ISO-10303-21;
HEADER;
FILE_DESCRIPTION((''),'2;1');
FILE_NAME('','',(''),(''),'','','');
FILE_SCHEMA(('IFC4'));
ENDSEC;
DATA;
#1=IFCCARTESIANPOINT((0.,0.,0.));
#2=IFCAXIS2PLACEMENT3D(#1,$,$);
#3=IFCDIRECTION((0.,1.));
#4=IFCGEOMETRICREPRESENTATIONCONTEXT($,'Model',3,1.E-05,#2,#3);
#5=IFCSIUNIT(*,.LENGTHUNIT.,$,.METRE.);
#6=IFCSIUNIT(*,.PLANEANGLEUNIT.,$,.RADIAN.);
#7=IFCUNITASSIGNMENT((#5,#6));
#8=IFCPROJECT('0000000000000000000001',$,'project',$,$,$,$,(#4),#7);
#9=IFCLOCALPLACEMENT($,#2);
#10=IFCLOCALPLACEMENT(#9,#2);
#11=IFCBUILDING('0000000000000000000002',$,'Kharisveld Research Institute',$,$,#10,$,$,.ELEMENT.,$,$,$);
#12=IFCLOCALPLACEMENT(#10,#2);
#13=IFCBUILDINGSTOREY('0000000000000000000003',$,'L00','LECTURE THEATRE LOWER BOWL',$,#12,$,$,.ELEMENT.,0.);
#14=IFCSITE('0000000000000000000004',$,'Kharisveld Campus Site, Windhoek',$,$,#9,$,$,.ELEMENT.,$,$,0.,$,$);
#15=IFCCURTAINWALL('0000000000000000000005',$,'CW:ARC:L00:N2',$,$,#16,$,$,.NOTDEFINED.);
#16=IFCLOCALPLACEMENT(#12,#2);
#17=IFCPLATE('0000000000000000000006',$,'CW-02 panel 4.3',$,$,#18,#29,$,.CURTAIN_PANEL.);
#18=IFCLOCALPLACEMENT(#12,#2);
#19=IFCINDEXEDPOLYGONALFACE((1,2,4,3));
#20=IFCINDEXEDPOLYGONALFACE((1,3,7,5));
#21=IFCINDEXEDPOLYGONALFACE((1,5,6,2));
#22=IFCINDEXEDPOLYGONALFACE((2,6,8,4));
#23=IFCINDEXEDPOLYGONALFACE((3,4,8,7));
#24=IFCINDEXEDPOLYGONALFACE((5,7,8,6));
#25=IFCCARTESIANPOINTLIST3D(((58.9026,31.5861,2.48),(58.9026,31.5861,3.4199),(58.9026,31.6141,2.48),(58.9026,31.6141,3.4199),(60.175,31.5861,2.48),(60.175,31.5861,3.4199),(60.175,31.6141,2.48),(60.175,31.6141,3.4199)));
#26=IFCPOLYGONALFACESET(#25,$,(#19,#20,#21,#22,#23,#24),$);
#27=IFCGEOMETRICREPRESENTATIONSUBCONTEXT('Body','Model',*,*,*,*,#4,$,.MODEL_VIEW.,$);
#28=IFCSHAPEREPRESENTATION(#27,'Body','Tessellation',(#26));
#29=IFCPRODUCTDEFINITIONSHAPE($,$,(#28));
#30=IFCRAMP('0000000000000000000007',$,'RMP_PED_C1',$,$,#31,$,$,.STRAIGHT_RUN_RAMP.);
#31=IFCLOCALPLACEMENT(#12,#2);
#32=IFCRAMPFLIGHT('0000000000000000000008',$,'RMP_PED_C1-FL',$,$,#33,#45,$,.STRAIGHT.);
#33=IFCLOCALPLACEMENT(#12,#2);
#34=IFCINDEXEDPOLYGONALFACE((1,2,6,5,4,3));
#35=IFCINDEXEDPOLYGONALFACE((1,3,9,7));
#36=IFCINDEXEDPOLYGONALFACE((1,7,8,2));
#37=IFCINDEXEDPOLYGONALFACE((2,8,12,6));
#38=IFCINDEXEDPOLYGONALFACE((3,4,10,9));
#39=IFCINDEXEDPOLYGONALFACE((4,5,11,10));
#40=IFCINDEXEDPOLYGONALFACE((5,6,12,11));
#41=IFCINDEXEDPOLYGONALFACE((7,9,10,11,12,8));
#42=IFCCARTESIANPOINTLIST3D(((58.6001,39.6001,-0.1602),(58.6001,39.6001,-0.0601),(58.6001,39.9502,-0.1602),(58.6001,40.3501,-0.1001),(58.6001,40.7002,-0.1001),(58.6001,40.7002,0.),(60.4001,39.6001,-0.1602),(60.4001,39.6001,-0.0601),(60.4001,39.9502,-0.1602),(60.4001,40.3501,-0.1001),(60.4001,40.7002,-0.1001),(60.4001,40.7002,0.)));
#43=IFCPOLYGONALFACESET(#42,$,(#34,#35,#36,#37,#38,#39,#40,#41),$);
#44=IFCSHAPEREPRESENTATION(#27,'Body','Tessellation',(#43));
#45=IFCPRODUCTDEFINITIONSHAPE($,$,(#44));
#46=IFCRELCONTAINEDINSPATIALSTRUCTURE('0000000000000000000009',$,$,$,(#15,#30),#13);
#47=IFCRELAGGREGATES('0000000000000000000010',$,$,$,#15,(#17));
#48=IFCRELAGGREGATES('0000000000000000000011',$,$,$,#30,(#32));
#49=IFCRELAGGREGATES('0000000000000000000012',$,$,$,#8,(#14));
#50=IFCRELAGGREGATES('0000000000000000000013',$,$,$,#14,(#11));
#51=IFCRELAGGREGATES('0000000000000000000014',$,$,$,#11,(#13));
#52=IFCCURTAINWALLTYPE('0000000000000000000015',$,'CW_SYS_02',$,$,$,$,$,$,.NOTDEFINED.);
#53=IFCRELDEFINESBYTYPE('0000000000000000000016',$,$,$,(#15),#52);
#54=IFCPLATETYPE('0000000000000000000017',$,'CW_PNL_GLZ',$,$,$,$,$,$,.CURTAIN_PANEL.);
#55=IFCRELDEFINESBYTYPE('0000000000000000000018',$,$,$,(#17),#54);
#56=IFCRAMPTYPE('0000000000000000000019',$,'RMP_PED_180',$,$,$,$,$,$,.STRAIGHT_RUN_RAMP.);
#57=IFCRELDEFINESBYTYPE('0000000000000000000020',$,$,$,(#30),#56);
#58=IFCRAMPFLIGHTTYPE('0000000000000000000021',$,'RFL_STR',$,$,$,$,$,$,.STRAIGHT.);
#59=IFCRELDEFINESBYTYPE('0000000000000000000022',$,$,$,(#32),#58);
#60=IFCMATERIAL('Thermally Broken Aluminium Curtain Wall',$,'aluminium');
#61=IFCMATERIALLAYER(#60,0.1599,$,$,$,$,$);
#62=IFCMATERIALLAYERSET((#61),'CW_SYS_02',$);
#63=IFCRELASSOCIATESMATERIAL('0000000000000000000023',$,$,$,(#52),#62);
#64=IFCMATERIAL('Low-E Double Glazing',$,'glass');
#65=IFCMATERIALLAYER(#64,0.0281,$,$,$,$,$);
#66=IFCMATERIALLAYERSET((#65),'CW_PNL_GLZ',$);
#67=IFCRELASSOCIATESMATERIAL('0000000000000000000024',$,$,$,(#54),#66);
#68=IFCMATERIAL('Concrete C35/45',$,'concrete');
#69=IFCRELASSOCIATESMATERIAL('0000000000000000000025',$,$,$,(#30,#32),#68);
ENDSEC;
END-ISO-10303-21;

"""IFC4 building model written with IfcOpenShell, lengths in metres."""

from ifc_helpers import new_model, si_unit, direction, frame, origin, origin_2d, place, context, subcontext, project, spatial, polyline, rectangle, outline, extrude, material, layer, layer_set, type_object, element, aggregate, save


model = new_model("IFC4")

# Units and contexts
model_context = context("Model", 3, precision=1e-05, world=origin(), true_north=direction((0.0, 1.0)))
body_context = subcontext(model_context, "Body", "Model", "MODEL_VIEW")
ifc_project = project(units=[si_unit("LENGTHUNIT", "METRE"), si_unit("PLANEANGLEUNIT", "RADIAN")], contexts=[model_context])

# Site, building, storey
site_placement = place(None, origin())
site = spatial("IfcSite", under=ifc_project, at=site_placement, Name="Kharisveld Campus Site, Windhoek", CompositionType="ELEMENT", RefElevation=0.0)
building_placement = place(site_placement, origin())
building = spatial("IfcBuilding", under=site, at=building_placement, Name="Kharisveld Research Institute", CompositionType="ELEMENT")
storey_placement = place(building_placement, origin())
storey = spatial("IfcBuildingStorey", under=building, at=storey_placement, Name="L00", Description="LECTURE THEATRE LOWER BOWL", CompositionType="ELEMENT", Elevation=0.0)

# Curtain wall
ifc_material_1 = material(Name="Thermally Broken Aluminium Curtain Wall", Category="aluminium")
ifc_layer_1 = layer(ifc_material_1, 0.1599)
ifc_layer_set_1 = layer_set([ifc_layer_1], Name="CW_SYS_02")
curtain_wall_type_1 = type_object("IfcCurtainWallType", Name="CW_SYS_02", PredefinedType="NOTDEFINED", material=ifc_layer_set_1)
curtain_wall_1_placement = place(storey_placement, origin())
curtain_wall_1 = element("IfcCurtainWall", 1, at=curtain_wall_1_placement, inside=storey, type_object=curtain_wall_type_1, Name="CW:ARC:L00:N2", PredefinedType="NOTDEFINED")

# Plate
ifc_material_2 = material(Name="Low-E Double Glazing", Category="glass")
ifc_layer_2 = layer(ifc_material_2, 0.0281)
ifc_layer_set_2 = layer_set([ifc_layer_2], Name="CW_PNL_GLZ")
plate_type = type_object("IfcPlateType", Name="CW_PNL_GLZ", PredefinedType="CURTAIN_PANEL", material=ifc_layer_set_2)
plate_1_placement = place(storey_placement, frame((59.5388, 31.6001, 2.48), z_axis=(0.0, 0.0, 1.0), x_axis=(1.0, 0.0, 0.0)))
plate_1 = element("IfcPlate", 2, at=plate_1_placement, type_object=plate_type, Name="CW-02 panel 4.3", PredefinedType="CURTAIN_PANEL", context=body_context, shape_type="SweptSolid", body=[
    extrude(rectangle(XDim=1.2725, YDim=0.0281, at=origin_2d()), origin(), (0.0, 0.0, 1.0), 0.9399),
])
aggregate(curtain_wall_1, [plate_1])

# Ramp, ramp flight
ifc_material_3 = material(Name="Concrete C35/45", Category="concrete")
ramp_type = type_object("IfcRampType", Name="RMP_PED_180", PredefinedType="STRAIGHT_RUN_RAMP")
ramp_placement = place(storey_placement, origin())
ramp = element("IfcRamp", 3, at=ramp_placement, inside=storey, type_object=ramp_type, material=ifc_material_3, Name="RMP_PED_C1", PredefinedType="STRAIGHT_RUN_RAMP")
ramp_flight_type = type_object("IfcRampFlightType", Name="RFL_STR", PredefinedType="STRAIGHT")
ramp_flight_placement = place(storey_placement, frame((59.5, 39.6001, -0.0601), z_axis=(0.0, 0.0, 1.0), x_axis=(0.0, 1.0, 0.0)))
ramp_flight = element("IfcRampFlight", 4, at=ramp_flight_placement, type_object=ramp_flight_type, material=ifc_material_3, Name="RMP_PED_C1-FL", PredefinedType="STRAIGHT", context=body_context, shape_type="SweptSolid", body=[
    extrude(outline(polyline([(0.0, 0.0), (0.0, -0.1001), (0.3501, -0.1001), (0.75, -0.04), (1.1001, -0.04), (1.1001, 0.0601), (0.0, 0.0)])), frame((0.0, 0.8999, 0.0), z_axis=(0.0, -1.0, 0.0), x_axis=(1.0, 0.0, 0.0)), (0.0, 0.0, 1.0), 1.8),
])
aggregate(ramp, [ramp_flight])

save(model, "model.ifc")
